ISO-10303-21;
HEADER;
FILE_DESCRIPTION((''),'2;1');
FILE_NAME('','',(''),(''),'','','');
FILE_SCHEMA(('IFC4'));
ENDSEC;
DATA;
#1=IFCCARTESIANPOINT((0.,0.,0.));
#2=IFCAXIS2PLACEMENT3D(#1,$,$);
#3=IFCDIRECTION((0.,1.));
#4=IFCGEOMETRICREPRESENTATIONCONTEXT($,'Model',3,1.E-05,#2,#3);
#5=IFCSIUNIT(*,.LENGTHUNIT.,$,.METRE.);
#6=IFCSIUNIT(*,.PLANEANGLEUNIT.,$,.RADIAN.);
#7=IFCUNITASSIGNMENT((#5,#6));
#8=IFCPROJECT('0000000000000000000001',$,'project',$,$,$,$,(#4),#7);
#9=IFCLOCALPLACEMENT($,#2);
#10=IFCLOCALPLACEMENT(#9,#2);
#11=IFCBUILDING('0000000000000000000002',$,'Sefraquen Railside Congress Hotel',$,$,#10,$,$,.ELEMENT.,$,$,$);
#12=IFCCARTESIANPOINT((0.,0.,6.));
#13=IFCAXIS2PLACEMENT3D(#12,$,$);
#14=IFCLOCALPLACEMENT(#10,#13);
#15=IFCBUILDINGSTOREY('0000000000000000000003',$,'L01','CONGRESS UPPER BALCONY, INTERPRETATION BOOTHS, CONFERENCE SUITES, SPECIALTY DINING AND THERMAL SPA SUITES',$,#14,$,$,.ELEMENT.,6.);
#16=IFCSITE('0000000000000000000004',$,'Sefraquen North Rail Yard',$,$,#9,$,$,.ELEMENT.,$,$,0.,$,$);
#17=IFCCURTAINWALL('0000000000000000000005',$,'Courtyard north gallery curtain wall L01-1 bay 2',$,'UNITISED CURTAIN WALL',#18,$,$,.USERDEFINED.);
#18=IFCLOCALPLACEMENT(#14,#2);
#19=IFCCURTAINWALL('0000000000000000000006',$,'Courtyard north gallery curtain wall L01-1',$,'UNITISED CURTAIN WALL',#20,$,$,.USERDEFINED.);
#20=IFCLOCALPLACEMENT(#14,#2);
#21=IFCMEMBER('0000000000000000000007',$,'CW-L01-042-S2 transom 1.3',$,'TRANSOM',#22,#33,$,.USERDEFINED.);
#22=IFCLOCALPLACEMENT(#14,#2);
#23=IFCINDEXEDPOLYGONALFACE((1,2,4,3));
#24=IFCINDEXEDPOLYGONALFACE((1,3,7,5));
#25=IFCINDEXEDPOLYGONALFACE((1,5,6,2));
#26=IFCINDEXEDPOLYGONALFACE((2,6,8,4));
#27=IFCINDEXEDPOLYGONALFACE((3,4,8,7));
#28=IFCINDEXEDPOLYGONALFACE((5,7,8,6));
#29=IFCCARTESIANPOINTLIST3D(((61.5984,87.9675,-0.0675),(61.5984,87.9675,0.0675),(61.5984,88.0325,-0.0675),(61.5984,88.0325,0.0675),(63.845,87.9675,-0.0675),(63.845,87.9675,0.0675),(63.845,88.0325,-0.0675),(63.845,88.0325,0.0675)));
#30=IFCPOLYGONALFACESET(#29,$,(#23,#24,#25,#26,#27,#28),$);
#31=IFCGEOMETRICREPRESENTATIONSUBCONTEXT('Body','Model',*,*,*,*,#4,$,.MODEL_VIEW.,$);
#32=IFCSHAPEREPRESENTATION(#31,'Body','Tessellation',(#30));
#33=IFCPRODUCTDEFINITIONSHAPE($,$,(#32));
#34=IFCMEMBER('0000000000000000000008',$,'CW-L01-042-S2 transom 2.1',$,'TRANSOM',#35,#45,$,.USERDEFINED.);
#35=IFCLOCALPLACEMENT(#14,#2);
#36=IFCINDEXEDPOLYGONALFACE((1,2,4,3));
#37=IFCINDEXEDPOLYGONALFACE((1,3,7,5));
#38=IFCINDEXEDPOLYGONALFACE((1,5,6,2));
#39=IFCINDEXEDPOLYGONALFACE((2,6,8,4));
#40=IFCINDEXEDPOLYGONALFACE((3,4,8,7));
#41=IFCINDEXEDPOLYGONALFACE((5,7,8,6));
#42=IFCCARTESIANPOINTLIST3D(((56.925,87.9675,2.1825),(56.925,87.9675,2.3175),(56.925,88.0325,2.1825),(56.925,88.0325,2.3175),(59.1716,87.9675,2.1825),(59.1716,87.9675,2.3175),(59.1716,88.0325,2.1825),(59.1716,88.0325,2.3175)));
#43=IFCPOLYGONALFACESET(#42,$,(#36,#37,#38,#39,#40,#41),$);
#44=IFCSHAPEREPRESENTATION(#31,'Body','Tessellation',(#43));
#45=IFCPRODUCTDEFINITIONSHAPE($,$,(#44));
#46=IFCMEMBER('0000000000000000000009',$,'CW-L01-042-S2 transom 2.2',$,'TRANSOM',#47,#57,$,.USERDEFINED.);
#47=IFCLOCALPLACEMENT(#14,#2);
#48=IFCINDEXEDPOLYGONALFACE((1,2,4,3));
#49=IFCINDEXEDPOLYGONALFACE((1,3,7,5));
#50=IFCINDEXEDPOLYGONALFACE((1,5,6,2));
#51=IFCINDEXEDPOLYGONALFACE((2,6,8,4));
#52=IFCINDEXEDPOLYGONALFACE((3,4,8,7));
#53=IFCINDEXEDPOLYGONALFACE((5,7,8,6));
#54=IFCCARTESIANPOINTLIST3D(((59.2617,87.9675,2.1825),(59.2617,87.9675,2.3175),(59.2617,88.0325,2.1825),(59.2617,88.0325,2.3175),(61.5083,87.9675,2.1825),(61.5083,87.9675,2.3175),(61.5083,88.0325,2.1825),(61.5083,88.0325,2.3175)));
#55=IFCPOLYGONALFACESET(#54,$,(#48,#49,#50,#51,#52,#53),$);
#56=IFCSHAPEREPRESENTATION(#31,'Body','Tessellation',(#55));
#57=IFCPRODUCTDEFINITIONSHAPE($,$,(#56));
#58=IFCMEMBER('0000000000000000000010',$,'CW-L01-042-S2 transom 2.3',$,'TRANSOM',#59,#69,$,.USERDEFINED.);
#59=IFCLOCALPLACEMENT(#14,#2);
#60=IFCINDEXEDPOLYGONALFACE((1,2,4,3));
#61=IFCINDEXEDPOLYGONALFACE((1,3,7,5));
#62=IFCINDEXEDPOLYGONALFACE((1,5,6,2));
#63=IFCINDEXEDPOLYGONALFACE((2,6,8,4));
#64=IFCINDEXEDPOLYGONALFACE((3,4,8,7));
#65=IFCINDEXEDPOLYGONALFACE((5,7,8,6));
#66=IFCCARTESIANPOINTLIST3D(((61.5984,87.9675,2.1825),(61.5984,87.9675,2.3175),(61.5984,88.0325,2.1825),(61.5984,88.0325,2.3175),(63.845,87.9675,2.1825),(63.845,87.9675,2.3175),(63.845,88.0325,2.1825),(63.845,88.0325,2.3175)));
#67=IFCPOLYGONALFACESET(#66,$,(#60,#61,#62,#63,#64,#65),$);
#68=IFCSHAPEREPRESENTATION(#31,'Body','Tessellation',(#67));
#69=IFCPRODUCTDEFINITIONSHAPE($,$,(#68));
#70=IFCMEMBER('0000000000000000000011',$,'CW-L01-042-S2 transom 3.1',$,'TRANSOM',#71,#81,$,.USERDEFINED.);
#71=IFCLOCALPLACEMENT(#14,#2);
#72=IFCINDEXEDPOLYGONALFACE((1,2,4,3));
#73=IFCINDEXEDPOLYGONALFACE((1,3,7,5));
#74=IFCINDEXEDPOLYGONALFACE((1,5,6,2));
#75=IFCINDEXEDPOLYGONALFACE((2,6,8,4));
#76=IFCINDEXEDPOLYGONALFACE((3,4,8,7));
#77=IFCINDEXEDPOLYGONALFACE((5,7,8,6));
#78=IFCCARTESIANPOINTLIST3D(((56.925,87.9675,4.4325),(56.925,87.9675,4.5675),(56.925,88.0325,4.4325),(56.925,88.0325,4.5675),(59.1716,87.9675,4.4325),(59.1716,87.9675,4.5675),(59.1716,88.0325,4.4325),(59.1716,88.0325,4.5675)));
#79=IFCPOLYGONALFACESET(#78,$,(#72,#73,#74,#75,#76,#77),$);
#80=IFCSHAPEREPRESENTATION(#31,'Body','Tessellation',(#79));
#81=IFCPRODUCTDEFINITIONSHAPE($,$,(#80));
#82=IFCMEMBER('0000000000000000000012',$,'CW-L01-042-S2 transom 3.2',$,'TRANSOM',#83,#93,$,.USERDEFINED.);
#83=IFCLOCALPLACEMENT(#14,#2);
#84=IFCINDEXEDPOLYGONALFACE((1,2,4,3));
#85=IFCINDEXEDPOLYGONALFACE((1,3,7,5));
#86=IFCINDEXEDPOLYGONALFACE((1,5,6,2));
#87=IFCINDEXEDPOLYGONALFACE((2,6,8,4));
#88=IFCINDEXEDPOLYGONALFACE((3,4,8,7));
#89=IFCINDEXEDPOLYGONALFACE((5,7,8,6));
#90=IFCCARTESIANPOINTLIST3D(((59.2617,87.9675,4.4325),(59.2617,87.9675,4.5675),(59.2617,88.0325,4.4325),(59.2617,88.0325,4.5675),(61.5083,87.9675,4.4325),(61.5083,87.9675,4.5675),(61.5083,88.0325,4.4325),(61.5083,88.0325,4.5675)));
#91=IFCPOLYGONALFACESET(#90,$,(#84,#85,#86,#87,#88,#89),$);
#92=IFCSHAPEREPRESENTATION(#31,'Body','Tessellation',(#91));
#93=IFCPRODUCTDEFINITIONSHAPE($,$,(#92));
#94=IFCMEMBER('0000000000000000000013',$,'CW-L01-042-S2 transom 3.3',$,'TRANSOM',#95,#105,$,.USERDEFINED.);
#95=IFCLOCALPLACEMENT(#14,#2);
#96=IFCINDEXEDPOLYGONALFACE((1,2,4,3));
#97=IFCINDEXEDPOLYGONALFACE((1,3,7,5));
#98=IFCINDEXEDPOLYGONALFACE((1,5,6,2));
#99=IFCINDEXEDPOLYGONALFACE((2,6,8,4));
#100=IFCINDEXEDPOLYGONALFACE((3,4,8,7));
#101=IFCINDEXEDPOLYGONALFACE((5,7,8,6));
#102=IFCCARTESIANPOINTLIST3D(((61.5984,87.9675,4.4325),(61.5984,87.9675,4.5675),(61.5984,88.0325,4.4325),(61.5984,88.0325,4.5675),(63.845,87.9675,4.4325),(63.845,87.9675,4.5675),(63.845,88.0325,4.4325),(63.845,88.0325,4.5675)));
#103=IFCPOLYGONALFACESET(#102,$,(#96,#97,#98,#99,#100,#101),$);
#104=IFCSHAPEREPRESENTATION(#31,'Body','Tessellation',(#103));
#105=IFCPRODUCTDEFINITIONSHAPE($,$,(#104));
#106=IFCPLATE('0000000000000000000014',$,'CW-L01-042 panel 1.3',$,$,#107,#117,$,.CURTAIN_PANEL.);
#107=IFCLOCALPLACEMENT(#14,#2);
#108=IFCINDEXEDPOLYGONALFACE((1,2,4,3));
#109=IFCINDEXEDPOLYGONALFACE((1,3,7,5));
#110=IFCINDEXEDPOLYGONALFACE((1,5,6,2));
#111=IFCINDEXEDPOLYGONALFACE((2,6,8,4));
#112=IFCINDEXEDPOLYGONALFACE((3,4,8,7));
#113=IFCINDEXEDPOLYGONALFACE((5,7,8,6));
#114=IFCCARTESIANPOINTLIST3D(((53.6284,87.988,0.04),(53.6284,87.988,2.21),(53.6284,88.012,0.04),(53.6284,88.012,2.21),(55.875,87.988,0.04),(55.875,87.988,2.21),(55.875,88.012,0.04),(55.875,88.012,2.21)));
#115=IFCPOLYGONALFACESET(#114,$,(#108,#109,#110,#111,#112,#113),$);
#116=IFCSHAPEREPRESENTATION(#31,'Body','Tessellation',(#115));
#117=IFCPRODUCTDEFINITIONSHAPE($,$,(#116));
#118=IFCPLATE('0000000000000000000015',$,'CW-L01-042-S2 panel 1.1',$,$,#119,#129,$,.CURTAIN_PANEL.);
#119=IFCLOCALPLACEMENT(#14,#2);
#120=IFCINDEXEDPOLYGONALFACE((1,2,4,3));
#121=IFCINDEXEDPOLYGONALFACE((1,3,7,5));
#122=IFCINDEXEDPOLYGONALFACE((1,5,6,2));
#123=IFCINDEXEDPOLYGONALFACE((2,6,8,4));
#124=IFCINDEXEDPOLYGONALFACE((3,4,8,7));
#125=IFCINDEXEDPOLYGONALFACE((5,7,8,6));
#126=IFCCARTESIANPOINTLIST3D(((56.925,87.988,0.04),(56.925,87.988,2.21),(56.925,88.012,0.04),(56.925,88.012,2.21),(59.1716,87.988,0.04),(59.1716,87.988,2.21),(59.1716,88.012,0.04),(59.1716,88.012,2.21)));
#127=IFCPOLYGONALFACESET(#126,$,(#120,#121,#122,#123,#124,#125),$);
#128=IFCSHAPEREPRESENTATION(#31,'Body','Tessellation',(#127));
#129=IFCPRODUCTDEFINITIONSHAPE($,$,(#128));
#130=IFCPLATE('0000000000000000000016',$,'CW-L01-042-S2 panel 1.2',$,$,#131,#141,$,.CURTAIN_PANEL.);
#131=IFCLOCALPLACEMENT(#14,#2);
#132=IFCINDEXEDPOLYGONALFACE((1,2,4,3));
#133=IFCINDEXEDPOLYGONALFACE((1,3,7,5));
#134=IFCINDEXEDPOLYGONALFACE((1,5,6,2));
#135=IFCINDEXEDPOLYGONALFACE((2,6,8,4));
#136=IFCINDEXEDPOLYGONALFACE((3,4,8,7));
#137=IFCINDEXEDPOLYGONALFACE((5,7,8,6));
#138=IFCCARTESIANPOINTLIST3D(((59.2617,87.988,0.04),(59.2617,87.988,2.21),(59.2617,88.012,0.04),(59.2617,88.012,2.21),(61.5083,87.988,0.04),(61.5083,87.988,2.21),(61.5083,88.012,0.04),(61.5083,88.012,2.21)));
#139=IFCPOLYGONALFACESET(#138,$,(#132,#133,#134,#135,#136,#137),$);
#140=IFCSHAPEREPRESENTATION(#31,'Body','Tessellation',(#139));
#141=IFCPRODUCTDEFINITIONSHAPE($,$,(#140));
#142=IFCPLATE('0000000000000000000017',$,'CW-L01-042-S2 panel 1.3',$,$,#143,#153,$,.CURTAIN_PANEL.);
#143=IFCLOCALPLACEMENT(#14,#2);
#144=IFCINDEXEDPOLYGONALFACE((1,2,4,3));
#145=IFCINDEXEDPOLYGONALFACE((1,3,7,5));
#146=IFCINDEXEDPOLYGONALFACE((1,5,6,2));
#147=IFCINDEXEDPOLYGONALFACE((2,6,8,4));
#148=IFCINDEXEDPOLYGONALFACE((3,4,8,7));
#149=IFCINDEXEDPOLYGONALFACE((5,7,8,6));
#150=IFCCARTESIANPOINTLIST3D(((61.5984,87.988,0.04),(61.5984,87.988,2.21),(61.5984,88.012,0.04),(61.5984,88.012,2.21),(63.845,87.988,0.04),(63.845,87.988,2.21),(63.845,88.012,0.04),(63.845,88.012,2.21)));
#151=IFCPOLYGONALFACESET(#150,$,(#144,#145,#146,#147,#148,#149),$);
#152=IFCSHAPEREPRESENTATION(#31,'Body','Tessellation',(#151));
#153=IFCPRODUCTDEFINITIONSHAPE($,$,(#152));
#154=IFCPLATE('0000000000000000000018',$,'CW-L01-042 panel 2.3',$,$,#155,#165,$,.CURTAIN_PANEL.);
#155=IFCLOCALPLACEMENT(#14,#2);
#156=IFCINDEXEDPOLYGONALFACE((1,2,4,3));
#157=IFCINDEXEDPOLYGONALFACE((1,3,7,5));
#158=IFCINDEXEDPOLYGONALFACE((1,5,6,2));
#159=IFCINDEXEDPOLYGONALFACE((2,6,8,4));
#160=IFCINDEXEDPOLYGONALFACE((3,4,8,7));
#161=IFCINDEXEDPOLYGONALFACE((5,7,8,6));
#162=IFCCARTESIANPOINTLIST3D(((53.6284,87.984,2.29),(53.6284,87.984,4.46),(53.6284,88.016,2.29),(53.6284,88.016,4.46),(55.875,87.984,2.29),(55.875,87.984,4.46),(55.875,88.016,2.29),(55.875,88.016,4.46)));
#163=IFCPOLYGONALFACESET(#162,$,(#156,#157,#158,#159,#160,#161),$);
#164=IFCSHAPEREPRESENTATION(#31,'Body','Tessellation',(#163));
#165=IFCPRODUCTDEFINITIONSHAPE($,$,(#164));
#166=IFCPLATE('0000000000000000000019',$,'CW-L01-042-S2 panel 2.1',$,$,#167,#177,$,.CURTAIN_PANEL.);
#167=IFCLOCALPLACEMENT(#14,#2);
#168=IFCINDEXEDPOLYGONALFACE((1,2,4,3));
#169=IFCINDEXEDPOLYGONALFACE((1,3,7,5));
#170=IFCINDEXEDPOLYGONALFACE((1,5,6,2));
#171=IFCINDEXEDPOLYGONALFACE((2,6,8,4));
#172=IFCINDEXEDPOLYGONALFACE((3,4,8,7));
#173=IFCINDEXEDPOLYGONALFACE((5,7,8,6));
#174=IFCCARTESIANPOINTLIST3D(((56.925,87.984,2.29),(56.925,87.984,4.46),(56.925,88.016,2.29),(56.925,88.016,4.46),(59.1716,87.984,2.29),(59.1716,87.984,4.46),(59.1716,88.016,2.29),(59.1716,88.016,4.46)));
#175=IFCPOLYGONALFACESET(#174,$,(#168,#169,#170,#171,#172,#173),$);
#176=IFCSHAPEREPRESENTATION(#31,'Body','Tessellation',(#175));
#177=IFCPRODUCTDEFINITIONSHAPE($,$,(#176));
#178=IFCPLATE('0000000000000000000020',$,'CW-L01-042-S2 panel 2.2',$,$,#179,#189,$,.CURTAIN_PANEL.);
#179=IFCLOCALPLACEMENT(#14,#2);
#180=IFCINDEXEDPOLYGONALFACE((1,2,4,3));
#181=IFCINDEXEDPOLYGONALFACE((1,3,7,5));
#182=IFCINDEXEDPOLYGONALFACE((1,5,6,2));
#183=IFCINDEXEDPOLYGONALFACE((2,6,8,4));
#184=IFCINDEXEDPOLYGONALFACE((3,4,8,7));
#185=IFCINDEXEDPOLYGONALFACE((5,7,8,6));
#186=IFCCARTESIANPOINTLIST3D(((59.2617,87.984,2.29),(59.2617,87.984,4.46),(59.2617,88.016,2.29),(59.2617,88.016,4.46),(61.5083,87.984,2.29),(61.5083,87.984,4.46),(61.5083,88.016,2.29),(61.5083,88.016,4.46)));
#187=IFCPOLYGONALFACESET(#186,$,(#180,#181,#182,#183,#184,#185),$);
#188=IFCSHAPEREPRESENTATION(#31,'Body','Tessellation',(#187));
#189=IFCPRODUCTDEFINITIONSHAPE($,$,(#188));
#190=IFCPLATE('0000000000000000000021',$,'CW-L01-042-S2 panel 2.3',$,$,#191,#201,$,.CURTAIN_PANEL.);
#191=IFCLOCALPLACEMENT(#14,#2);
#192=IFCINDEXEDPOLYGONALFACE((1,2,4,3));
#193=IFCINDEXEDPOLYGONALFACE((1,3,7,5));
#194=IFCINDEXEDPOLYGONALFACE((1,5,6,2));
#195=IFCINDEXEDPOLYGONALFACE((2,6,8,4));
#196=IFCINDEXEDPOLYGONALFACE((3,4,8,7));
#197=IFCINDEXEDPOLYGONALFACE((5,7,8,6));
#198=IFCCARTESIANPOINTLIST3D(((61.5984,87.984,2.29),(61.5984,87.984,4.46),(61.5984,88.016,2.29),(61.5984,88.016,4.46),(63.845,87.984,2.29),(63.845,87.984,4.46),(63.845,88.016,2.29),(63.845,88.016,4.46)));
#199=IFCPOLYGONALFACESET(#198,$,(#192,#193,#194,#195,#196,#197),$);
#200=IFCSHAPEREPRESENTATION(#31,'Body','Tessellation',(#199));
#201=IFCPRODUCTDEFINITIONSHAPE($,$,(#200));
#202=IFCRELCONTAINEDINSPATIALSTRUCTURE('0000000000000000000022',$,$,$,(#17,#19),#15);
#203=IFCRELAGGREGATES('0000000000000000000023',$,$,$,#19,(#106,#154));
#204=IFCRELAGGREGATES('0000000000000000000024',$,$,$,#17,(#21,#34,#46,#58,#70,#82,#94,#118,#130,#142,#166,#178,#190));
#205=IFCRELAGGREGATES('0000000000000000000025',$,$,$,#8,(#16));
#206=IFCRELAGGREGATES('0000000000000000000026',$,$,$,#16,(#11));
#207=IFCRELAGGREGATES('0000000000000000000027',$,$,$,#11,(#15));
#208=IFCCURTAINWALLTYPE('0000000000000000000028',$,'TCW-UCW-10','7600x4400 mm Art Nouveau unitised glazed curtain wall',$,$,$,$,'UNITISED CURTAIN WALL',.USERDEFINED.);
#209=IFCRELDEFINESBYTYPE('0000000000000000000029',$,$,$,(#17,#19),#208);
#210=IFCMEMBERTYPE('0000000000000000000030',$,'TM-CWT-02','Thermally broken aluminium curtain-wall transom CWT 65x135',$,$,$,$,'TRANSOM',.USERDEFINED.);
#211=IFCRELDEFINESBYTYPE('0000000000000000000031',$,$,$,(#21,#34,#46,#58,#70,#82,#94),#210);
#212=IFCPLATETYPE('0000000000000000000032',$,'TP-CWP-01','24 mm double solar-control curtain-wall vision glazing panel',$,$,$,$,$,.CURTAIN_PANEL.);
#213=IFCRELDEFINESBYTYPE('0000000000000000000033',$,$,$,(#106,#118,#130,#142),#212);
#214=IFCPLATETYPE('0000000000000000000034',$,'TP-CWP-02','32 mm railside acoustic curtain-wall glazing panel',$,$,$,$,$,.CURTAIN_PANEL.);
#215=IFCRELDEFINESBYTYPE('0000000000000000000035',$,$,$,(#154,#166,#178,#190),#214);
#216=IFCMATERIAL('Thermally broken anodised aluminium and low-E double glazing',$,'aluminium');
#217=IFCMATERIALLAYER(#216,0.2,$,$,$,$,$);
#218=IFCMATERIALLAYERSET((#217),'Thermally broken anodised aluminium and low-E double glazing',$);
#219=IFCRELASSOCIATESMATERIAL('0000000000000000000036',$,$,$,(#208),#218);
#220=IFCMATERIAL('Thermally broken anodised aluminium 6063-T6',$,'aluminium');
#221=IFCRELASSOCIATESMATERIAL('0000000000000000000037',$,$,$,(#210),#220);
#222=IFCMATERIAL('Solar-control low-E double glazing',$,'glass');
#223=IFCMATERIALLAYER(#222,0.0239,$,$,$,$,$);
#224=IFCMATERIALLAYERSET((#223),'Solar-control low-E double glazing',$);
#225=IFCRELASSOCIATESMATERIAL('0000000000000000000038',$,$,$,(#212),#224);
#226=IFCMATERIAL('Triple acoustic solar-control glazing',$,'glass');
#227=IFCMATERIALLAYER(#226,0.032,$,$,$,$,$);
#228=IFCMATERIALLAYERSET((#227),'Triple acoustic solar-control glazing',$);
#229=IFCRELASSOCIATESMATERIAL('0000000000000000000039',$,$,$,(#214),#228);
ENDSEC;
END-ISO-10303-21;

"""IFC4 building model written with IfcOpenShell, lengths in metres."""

from ifc_helpers import new_model, si_unit, direction, frame, origin, origin_2d, place, context, subcontext, project, spatial, rectangle, extrude, material, layer, layer_set, material_profile, profile_set, type_object, element, aggregate, save


model = new_model("IFC4")

# Units and contexts
model_context = context("Model", 3, precision=1e-05, world=origin(), true_north=direction((0.0, 1.0)))
body_context = subcontext(model_context, "Body", "Model", "MODEL_VIEW")
ifc_project = project(units=[si_unit("LENGTHUNIT", "METRE"), si_unit("PLANEANGLEUNIT", "RADIAN")], contexts=[model_context])

# Site, building, storey
site_placement = place(None, origin())
site = spatial("IfcSite", under=ifc_project, at=site_placement, Name="Sefraquen North Rail Yard", CompositionType="ELEMENT", RefElevation=0.0)
building_placement = place(site_placement, origin())
building = spatial("IfcBuilding", under=site, at=building_placement, Name="Sefraquen Railside Congress Hotel", CompositionType="ELEMENT")
storey_placement = place(building_placement, frame((0.0, 0.0, 6.0)))
storey = spatial("IfcBuildingStorey", under=building, at=storey_placement, Name="L01", Description="CONGRESS UPPER BALCONY, INTERPRETATION BOOTHS, CONFERENCE SUITES, SPECIALTY DINING AND THERMAL SPA SUITES", CompositionType="ELEMENT", Elevation=6.0)

# Curtain wall
ifc_material_1 = material(Name="Thermally broken anodised aluminium and low-E double glazing", Category="aluminium")
ifc_layer_1 = layer(ifc_material_1, 0.2)
ifc_layer_set_1 = layer_set([ifc_layer_1], Name="Thermally broken anodised aluminium and low-E double glazing")
curtain_wall_type = type_object("IfcCurtainWallType", Name="TCW-UCW-10", Description="7600x4400 mm Art Nouveau unitised glazed curtain wall", ElementType="UNITISED CURTAIN WALL", PredefinedType="USERDEFINED", material=ifc_layer_set_1)
curtain_wall_1_placement = place(storey_placement, origin())
curtain_wall_1 = element("IfcCurtainWall", 1, at=curtain_wall_1_placement, inside=storey, type_object=curtain_wall_type, Name="Courtyard north gallery curtain wall L01-1 bay 2", ObjectType="UNITISED CURTAIN WALL", PredefinedType="USERDEFINED")
ifc_material_2 = material(Name="Thermally broken anodised aluminium 6063-T6", Category="aluminium")

# Curtain wall
curtain_wall_2_placement = place(storey_placement, origin())
curtain_wall_2 = element("IfcCurtainWall", 2, at=curtain_wall_2_placement, inside=storey, type_object=curtain_wall_type, Name="Courtyard north gallery curtain wall L01-1", ObjectType="UNITISED CURTAIN WALL", PredefinedType="USERDEFINED")

# Members
ifc_material_profile_1 = material_profile(ifc_material_2, rectangle(XDim=0.0649, YDim=0.135, at=origin_2d()), Name="CWT 65x135")
ifc_profile_set_1 = profile_set([ifc_material_profile_1], Name="Thermally broken anodised aluminium 6063-T6")
member_type_1 = type_object("IfcMemberType", Name="TM-CWT-02", Description="Thermally broken aluminium curtain-wall transom CWT 65x135", ElementType="TRANSOM", PredefinedType="USERDEFINED", material=ifc_profile_set_1)
member_1_placement = place(storey_placement, frame((61.5984, 88.0, 0.0), z_axis=(1.0, 0.0, 0.0), x_axis=(0.0, 1.0, 0.0)))
member_1 = element("IfcMember", 3, at=member_1_placement, type_object=member_type_1, Name="CW-L01-042-S2 transom 1.3", ObjectType="TRANSOM", PredefinedType="USERDEFINED", context=body_context, shape_type="SweptSolid", body=[
    extrude(rectangle(XDim=0.0649, YDim=0.135, at=origin_2d()), origin(), (0.0, 0.0, 1.0), 2.2466),
])
member_2_placement = place(storey_placement, frame((56.925, 88.0, 2.25), z_axis=(1.0, 0.0, 0.0), x_axis=(0.0, 1.0, 0.0)))
member_2 = element("IfcMember", 4, at=member_2_placement, type_object=member_type_1, Name="CW-L01-042-S2 transom 2.1", ObjectType="TRANSOM", PredefinedType="USERDEFINED", context=body_context, shape_type="SweptSolid", body=[
    extrude(rectangle(XDim=0.0649, YDim=0.135, at=origin_2d()), origin(), (0.0, 0.0, 1.0), 2.2466),
])
member_3_placement = place(storey_placement, frame((59.2617, 88.0, 2.25), z_axis=(1.0, 0.0, 0.0), x_axis=(0.0, 1.0, 0.0)))
member_3 = element("IfcMember", 5, at=member_3_placement, type_object=member_type_1, Name="CW-L01-042-S2 transom 2.2", ObjectType="TRANSOM", PredefinedType="USERDEFINED", context=body_context, shape_type="SweptSolid", body=[
    extrude(rectangle(XDim=0.0649, YDim=0.135, at=origin_2d()), origin(), (0.0, 0.0, 1.0), 2.2466),
])
member_4_placement = place(storey_placement, frame((61.5984, 88.0, 2.25), z_axis=(1.0, 0.0, 0.0), x_axis=(0.0, 1.0, 0.0)))
member_4 = element("IfcMember", 6, at=member_4_placement, type_object=member_type_1, Name="CW-L01-042-S2 transom 2.3", ObjectType="TRANSOM", PredefinedType="USERDEFINED", context=body_context, shape_type="SweptSolid", body=[
    extrude(rectangle(XDim=0.0649, YDim=0.135, at=origin_2d()), origin(), (0.0, 0.0, 1.0), 2.2466),
])
member_5_placement = place(storey_placement, frame((56.925, 88.0, 4.5), z_axis=(1.0, 0.0, 0.0), x_axis=(0.0, 1.0, 0.0)))
member_5 = element("IfcMember", 7, at=member_5_placement, type_object=member_type_1, Name="CW-L01-042-S2 transom 3.1", ObjectType="TRANSOM", PredefinedType="USERDEFINED", context=body_context, shape_type="SweptSolid", body=[
    extrude(rectangle(XDim=0.0649, YDim=0.135, at=origin_2d()), origin(), (0.0, 0.0, 1.0), 2.2466),
])
member_6_placement = place(storey_placement, frame((59.2617, 88.0, 4.5), z_axis=(1.0, 0.0, 0.0), x_axis=(0.0, 1.0, 0.0)))
member_6 = element("IfcMember", 8, at=member_6_placement, type_object=member_type_1, Name="CW-L01-042-S2 transom 3.2", ObjectType="TRANSOM", PredefinedType="USERDEFINED", context=body_context, shape_type="SweptSolid", body=[
    extrude(rectangle(XDim=0.0649, YDim=0.135, at=origin_2d()), origin(), (0.0, 0.0, 1.0), 2.2466),
])
member_7_placement = place(storey_placement, frame((61.5984, 88.0, 4.5), z_axis=(1.0, 0.0, 0.0), x_axis=(0.0, 1.0, 0.0)))
member_7 = element("IfcMember", 9, at=member_7_placement, type_object=member_type_1, Name="CW-L01-042-S2 transom 3.3", ObjectType="TRANSOM", PredefinedType="USERDEFINED", context=body_context, shape_type="SweptSolid", body=[
    extrude(rectangle(XDim=0.0649, YDim=0.135, at=origin_2d()), origin(), (0.0, 0.0, 1.0), 2.2466),
])

# Plates
ifc_material_3 = material(Name="Solar-control low-E double glazing", Category="glass")
ifc_layer_2 = layer(ifc_material_3, 0.0239)
ifc_layer_set_2 = layer_set([ifc_layer_2], Name="Solar-control low-E double glazing")
plate_type_1 = type_object("IfcPlateType", Name="TP-CWP-01", Description="24 mm double solar-control curtain-wall vision glazing panel", PredefinedType="CURTAIN_PANEL", material=ifc_layer_set_2)
plate_1_placement = place(storey_placement, frame((54.7517, 88.0, 0.04), z_axis=(0.0, 0.0, 1.0), x_axis=(1.0, 0.0, 0.0)))
plate_1 = element("IfcPlate", 10, at=plate_1_placement, type_object=plate_type_1, Name="CW-L01-042 panel 1.3", PredefinedType="CURTAIN_PANEL", context=body_context, shape_type="SweptSolid", body=[
    extrude(rectangle(XDim=2.2466, YDim=0.0239, at=origin_2d()), origin(), (0.0, 0.0, 1.0), 2.1699),
])
plate_2_placement = place(storey_placement, frame((58.0483, 88.0, 0.04), z_axis=(0.0, 0.0, 1.0), x_axis=(1.0, 0.0, 0.0)))
plate_2 = element("IfcPlate", 11, at=plate_2_placement, type_object=plate_type_1, Name="CW-L01-042-S2 panel 1.1", PredefinedType="CURTAIN_PANEL", context=body_context, shape_type="SweptSolid", body=[
    extrude(rectangle(XDim=2.2466, YDim=0.0239, at=origin_2d()), origin(), (0.0, 0.0, 1.0), 2.1699),
])
plate_3_placement = place(storey_placement, frame((60.385, 88.0, 0.04), z_axis=(0.0, 0.0, 1.0), x_axis=(1.0, 0.0, 0.0)))
plate_3 = element("IfcPlate", 12, at=plate_3_placement, type_object=plate_type_1, Name="CW-L01-042-S2 panel 1.2", PredefinedType="CURTAIN_PANEL", context=body_context, shape_type="SweptSolid", body=[
    extrude(rectangle(XDim=2.2466, YDim=0.0239, at=origin_2d()), origin(), (0.0, 0.0, 1.0), 2.1699),
])
plate_4_placement = place(storey_placement, frame((62.7217, 88.0, 0.04), z_axis=(0.0, 0.0, 1.0), x_axis=(1.0, 0.0, 0.0)))
plate_4 = element("IfcPlate", 13, at=plate_4_placement, type_object=plate_type_1, Name="CW-L01-042-S2 panel 1.3", PredefinedType="CURTAIN_PANEL", context=body_context, shape_type="SweptSolid", body=[
    extrude(rectangle(XDim=2.2466, YDim=0.0239, at=origin_2d()), origin(), (0.0, 0.0, 1.0), 2.1699),
])
ifc_material_4 = material(Name="Triple acoustic solar-control glazing", Category="glass")
ifc_layer_3 = layer(ifc_material_4, 0.032)
ifc_layer_set_3 = layer_set([ifc_layer_3], Name="Triple acoustic solar-control glazing")
plate_type_2 = type_object("IfcPlateType", Name="TP-CWP-02", Description="32 mm railside acoustic curtain-wall glazing panel", PredefinedType="CURTAIN_PANEL", material=ifc_layer_set_3)
plate_5_placement = place(storey_placement, frame((54.7517, 88.0, 2.29), z_axis=(0.0, 0.0, 1.0), x_axis=(1.0, 0.0, 0.0)))
plate_5 = element("IfcPlate", 14, at=plate_5_placement, type_object=plate_type_2, Name="CW-L01-042 panel 2.3", PredefinedType="CURTAIN_PANEL", context=body_context, shape_type="SweptSolid", body=[
    extrude(rectangle(XDim=2.2466, YDim=0.032, at=origin_2d()), origin(), (0.0, 0.0, 1.0), 2.1699),
])
aggregate(curtain_wall_2, [plate_1, plate_5])
plate_6_placement = place(storey_placement, frame((58.0483, 88.0, 2.29), z_axis=(0.0, 0.0, 1.0), x_axis=(1.0, 0.0, 0.0)))
plate_6 = element("IfcPlate", 15, at=plate_6_placement, type_object=plate_type_2, Name="CW-L01-042-S2 panel 2.1", PredefinedType="CURTAIN_PANEL", context=body_context, shape_type="SweptSolid", body=[
    extrude(rectangle(XDim=2.2466, YDim=0.032, at=origin_2d()), origin(), (0.0, 0.0, 1.0), 2.1699),
])
plate_7_placement = place(storey_placement, frame((60.385, 88.0, 2.29), z_axis=(0.0, 0.0, 1.0), x_axis=(1.0, 0.0, 0.0)))
plate_7 = element("IfcPlate", 16, at=plate_7_placement, type_object=plate_type_2, Name="CW-L01-042-S2 panel 2.2", PredefinedType="CURTAIN_PANEL", context=body_context, shape_type="SweptSolid", body=[
    extrude(rectangle(XDim=2.2466, YDim=0.032, at=origin_2d()), origin(), (0.0, 0.0, 1.0), 2.1699),
])
plate_8_placement = place(storey_placement, frame((62.7217, 88.0, 2.29), z_axis=(0.0, 0.0, 1.0), x_axis=(1.0, 0.0, 0.0)))
plate_8 = element("IfcPlate", 17, at=plate_8_placement, type_object=plate_type_2, Name="CW-L01-042-S2 panel 2.3", PredefinedType="CURTAIN_PANEL", context=body_context, shape_type="SweptSolid", body=[
    extrude(rectangle(XDim=2.2466, YDim=0.032, at=origin_2d()), origin(), (0.0, 0.0, 1.0), 2.1699),
])
aggregate(curtain_wall_1, [member_1, member_2, member_3, member_4, member_5, member_6, member_7, plate_2, plate_3, plate_4, plate_6, plate_7, plate_8])

save(model, "model.ifc")
